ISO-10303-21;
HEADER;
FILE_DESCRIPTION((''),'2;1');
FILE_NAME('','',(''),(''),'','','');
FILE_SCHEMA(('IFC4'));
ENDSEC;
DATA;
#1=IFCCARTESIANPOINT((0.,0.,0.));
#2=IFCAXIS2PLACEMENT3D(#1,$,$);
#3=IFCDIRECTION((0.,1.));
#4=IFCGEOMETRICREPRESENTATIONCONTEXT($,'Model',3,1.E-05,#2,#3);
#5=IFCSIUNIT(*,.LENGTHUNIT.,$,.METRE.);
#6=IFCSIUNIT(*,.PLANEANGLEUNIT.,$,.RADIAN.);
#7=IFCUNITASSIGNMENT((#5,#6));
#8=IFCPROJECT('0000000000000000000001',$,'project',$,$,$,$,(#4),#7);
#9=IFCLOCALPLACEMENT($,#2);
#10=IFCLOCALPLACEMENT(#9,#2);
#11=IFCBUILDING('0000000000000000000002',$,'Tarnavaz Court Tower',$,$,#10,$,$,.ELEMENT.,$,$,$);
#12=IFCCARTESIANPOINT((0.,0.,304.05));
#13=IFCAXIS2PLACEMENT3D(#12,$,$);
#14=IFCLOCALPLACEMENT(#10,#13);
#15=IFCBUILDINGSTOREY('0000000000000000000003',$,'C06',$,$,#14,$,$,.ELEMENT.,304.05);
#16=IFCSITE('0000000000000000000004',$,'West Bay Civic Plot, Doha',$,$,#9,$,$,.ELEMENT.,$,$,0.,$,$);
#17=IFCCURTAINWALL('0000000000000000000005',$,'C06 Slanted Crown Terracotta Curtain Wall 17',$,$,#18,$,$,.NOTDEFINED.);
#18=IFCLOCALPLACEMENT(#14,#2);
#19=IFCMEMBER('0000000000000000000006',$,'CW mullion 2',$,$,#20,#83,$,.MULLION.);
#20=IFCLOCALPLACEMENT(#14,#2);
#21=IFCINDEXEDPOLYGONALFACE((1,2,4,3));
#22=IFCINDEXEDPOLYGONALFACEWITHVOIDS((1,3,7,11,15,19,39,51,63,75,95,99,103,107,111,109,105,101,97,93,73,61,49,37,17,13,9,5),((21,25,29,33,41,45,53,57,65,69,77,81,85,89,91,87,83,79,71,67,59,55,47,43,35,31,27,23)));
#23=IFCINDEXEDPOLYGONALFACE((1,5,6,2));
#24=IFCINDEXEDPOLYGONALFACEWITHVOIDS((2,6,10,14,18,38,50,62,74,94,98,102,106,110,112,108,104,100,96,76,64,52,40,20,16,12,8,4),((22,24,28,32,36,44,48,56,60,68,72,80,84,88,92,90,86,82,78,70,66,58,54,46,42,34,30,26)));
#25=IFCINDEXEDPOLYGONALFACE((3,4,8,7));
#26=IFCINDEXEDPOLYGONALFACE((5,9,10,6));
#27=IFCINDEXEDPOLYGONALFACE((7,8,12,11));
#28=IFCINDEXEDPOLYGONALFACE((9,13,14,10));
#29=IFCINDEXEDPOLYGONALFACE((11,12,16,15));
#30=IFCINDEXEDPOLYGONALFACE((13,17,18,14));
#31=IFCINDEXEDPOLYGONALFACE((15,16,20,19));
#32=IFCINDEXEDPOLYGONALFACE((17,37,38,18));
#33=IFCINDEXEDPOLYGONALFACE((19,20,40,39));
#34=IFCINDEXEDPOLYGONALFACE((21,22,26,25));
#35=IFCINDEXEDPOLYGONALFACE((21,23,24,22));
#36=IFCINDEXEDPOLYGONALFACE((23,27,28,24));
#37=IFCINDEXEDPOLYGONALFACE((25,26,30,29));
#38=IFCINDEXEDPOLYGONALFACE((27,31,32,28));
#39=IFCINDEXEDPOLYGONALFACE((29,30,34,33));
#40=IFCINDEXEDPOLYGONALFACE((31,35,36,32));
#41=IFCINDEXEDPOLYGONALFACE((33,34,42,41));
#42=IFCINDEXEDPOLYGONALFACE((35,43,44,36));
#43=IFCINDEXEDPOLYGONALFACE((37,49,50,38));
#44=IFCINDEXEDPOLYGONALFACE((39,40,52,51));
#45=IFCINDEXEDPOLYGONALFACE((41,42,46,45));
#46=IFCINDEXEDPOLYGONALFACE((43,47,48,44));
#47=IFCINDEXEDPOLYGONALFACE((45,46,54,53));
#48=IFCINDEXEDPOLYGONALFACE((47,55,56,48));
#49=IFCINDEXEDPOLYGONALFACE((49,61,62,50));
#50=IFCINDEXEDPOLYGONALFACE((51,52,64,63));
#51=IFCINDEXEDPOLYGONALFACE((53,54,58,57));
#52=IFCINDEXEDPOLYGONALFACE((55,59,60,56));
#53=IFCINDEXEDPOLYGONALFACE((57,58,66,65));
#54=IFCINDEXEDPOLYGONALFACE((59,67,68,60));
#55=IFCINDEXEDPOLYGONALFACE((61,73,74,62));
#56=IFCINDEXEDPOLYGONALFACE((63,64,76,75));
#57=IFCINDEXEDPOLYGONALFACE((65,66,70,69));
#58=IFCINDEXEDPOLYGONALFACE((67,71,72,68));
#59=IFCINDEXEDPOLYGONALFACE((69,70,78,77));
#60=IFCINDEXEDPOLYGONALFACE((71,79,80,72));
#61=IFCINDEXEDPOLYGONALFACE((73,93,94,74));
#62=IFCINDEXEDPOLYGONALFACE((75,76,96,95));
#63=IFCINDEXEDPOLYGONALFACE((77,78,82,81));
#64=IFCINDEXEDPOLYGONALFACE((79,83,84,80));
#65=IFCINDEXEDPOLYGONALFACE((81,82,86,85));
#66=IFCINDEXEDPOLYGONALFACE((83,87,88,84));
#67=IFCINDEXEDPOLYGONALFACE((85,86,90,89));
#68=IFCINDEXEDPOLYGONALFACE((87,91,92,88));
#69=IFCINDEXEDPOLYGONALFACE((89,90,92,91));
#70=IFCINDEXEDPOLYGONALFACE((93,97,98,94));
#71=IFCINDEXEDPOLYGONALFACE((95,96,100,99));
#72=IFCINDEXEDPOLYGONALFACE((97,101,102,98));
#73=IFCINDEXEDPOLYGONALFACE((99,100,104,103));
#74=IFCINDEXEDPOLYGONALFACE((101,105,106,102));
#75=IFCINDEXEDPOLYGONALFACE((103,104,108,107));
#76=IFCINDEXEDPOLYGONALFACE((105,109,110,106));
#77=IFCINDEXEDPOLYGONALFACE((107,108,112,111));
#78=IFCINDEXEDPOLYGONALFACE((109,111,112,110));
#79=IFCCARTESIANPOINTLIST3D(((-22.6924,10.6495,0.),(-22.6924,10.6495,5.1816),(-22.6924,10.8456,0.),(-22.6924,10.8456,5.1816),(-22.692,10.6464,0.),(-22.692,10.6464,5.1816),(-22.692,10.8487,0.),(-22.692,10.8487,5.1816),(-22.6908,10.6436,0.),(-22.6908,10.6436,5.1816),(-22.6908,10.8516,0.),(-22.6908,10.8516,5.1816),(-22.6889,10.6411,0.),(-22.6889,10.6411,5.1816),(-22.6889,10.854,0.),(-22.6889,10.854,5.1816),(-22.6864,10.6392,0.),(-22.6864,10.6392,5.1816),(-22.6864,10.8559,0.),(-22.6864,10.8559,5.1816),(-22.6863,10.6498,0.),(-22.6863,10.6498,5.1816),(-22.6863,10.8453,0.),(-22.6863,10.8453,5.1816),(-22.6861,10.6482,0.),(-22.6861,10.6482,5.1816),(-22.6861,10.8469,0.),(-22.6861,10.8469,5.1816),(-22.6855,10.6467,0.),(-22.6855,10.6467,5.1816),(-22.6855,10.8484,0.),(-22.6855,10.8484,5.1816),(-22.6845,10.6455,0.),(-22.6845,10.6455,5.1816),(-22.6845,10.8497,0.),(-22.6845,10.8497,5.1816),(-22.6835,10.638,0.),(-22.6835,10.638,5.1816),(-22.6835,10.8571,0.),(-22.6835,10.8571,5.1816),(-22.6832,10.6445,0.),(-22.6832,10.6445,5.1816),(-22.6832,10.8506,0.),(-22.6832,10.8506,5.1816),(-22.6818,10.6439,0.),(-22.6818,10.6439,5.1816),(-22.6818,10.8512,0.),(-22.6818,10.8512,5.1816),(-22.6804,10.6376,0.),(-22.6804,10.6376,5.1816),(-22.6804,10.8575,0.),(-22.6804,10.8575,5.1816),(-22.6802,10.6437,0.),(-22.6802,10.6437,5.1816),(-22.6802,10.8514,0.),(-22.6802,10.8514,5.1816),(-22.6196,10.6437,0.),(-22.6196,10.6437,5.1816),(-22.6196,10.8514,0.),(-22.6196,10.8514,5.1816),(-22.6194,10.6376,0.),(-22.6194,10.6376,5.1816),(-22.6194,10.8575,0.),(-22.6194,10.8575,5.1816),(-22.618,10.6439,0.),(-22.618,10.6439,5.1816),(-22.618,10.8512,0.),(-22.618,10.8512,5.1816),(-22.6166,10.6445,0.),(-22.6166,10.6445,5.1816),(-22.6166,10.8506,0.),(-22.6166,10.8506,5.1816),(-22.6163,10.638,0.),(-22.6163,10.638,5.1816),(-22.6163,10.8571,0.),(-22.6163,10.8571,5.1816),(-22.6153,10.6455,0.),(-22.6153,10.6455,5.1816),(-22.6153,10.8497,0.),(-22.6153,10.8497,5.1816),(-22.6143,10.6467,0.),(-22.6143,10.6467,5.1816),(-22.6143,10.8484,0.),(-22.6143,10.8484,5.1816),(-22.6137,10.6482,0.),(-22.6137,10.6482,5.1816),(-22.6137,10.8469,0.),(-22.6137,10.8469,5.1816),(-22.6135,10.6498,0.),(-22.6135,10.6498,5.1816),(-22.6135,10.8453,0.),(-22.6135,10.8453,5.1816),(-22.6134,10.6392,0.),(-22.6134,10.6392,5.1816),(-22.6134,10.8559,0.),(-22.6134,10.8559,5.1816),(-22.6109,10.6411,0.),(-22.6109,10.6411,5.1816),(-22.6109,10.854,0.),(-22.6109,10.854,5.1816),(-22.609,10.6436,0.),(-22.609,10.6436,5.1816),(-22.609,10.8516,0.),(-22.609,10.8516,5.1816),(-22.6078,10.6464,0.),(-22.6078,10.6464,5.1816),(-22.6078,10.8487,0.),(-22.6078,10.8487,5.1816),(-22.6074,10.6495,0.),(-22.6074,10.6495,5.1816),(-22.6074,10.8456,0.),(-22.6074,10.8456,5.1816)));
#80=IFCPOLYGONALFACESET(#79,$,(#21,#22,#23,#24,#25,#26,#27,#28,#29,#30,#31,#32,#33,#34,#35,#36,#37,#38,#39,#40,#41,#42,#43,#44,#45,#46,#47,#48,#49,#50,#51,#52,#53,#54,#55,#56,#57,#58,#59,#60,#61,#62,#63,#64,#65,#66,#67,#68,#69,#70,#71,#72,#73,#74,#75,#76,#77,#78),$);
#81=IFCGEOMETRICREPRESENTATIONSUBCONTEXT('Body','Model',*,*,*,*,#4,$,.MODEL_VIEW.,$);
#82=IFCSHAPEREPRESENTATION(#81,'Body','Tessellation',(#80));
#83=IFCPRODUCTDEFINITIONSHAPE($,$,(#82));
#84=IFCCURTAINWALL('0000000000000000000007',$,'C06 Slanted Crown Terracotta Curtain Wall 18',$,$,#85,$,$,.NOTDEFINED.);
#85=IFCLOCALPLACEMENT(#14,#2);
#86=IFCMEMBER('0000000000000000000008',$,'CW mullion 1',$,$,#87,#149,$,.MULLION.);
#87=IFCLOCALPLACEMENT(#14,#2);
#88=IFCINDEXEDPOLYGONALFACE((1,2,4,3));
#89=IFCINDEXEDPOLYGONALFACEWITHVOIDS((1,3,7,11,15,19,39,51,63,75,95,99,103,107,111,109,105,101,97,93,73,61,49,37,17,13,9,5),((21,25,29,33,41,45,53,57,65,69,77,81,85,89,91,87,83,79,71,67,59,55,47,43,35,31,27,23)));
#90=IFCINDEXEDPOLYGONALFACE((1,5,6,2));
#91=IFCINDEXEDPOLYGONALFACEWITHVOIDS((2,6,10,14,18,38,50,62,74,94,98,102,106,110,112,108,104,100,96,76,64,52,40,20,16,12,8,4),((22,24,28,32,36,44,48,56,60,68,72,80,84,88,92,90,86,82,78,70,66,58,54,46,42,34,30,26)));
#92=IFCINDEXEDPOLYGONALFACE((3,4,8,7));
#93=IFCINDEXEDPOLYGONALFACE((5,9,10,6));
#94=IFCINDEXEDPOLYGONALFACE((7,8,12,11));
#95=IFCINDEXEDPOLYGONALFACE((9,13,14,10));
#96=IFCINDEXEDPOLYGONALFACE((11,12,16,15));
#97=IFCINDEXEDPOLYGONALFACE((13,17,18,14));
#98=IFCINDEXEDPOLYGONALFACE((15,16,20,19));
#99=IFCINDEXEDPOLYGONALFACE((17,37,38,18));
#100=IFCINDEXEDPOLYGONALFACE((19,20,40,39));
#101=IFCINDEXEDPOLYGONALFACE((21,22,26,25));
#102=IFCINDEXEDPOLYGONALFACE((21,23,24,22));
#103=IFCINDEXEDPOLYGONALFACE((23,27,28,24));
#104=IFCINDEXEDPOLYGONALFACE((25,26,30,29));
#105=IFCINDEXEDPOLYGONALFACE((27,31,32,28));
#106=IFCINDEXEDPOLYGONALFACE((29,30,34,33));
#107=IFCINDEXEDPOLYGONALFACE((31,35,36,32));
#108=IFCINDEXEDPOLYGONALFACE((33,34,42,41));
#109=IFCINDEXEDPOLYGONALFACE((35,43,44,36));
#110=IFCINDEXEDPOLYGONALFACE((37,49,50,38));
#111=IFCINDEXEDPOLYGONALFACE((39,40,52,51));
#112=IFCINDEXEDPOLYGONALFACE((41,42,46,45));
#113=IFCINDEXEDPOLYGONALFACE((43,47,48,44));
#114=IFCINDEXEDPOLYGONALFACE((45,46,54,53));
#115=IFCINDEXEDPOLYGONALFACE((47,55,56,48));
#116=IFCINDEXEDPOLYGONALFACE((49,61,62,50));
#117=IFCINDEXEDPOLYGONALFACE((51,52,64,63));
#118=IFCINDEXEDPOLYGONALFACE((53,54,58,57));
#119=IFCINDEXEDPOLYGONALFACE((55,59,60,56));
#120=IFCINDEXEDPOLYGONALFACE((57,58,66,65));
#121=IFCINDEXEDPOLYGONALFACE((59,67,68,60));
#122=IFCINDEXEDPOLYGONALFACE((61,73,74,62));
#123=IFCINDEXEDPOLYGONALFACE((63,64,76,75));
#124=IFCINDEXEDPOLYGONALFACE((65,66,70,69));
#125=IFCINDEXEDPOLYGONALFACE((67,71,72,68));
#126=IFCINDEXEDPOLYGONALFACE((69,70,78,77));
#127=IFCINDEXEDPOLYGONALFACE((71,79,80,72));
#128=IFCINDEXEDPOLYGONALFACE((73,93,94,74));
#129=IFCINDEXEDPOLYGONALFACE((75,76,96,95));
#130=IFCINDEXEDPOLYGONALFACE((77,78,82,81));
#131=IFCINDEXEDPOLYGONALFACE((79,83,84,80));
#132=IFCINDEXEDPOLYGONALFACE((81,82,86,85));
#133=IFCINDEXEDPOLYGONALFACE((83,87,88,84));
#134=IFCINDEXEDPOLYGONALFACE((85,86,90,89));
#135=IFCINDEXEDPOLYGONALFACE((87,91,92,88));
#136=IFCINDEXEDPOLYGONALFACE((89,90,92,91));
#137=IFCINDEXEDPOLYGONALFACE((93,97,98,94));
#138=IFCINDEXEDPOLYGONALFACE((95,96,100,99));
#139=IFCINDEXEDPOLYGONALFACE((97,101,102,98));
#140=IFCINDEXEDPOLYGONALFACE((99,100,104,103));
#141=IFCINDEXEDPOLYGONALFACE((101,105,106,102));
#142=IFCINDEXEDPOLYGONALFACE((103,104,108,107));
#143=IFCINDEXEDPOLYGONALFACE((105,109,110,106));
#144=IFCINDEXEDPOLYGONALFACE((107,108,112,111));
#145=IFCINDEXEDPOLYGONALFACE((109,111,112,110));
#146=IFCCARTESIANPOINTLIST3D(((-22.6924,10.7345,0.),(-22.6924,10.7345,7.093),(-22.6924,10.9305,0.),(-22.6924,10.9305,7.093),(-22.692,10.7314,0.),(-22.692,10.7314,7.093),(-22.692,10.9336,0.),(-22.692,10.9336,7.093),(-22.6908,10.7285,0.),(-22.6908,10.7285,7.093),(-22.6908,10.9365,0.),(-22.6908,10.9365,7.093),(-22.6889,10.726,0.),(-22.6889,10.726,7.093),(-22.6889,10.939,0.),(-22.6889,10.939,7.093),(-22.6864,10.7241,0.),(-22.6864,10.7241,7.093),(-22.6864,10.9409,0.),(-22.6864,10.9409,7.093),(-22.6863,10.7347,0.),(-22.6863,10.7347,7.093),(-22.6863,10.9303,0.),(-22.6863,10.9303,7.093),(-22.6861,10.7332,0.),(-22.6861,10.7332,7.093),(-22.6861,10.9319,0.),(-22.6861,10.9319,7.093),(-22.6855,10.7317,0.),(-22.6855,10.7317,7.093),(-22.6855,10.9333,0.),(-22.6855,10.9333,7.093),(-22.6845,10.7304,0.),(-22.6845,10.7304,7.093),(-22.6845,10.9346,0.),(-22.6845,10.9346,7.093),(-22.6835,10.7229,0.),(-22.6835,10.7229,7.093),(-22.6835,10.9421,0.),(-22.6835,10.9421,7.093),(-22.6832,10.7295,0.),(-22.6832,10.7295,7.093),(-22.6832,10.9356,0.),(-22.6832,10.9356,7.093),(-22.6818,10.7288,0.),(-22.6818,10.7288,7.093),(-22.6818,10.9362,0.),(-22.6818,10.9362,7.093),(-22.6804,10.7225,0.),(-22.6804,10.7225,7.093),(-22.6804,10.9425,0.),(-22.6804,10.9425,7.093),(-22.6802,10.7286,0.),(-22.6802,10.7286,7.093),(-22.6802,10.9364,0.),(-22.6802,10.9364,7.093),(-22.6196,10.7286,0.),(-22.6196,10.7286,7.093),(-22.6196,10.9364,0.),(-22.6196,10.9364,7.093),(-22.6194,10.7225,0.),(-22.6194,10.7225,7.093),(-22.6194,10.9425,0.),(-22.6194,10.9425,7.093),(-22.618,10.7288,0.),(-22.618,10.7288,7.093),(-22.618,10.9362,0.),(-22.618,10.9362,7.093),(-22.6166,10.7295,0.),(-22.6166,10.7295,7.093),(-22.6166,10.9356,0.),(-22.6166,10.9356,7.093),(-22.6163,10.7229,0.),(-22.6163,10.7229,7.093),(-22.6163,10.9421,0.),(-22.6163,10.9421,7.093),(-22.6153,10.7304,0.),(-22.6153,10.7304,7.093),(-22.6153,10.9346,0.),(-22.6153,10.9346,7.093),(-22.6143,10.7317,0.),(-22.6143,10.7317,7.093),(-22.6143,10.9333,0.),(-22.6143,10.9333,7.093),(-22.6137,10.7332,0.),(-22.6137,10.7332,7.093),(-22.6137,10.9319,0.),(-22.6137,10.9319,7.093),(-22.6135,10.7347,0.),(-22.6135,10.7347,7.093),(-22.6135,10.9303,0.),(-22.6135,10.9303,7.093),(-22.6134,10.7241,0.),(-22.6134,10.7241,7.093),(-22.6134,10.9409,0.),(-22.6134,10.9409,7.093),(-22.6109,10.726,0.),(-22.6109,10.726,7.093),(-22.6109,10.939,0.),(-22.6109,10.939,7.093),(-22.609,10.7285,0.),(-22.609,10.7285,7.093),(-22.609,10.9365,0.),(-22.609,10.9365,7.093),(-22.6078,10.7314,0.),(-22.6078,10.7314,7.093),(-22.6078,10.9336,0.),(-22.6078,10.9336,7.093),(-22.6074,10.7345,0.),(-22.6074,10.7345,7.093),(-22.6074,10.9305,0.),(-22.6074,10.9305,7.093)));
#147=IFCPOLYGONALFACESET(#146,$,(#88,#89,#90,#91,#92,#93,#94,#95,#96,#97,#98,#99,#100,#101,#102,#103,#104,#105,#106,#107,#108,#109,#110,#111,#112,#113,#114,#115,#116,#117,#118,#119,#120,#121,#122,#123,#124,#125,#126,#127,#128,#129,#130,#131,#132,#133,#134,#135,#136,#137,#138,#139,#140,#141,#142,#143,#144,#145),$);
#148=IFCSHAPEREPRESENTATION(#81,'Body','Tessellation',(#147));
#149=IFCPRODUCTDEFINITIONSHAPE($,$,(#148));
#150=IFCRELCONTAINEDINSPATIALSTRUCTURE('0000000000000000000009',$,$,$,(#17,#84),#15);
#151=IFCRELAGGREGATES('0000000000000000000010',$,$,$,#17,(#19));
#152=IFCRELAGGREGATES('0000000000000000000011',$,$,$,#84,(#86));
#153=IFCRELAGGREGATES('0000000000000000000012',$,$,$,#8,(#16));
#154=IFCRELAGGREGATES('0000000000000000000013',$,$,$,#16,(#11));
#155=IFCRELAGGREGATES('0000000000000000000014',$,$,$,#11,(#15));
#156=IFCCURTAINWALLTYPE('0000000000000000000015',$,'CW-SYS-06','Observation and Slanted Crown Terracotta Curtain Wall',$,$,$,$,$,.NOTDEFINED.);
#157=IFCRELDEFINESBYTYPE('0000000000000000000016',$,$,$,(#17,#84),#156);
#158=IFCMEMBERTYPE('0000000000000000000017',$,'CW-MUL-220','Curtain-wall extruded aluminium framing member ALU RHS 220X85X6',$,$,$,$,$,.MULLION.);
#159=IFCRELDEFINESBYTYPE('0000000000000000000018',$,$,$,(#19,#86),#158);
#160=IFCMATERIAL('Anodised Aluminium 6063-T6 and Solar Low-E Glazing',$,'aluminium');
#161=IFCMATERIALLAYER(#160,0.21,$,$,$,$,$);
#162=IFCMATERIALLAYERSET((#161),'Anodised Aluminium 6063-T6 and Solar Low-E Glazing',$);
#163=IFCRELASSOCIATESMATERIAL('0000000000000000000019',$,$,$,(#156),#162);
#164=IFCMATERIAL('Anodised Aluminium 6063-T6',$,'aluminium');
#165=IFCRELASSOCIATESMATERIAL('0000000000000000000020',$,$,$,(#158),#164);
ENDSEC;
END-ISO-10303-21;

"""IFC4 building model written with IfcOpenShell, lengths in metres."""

from ifc_helpers import new_model, si_unit, direction, frame, origin, origin_2d, place, context, subcontext, project, spatial, hollow_rectangle, extrude, material, layer, layer_set, material_profile, profile_set, type_object, element, aggregate, save


model = new_model("IFC4")

# Units and contexts
model_context = context("Model", 3, precision=1e-05, world=origin(), true_north=direction((0.0, 1.0)))
body_context = subcontext(model_context, "Body", "Model", "MODEL_VIEW")
ifc_project = project(units=[si_unit("LENGTHUNIT", "METRE"), si_unit("PLANEANGLEUNIT", "RADIAN")], contexts=[model_context])

# Site, building, storey
site_placement = place(None, origin())
site = spatial("IfcSite", under=ifc_project, at=site_placement, Name="West Bay Civic Plot, Doha", CompositionType="ELEMENT", RefElevation=0.0)
building_placement = place(site_placement, origin())
building = spatial("IfcBuilding", under=site, at=building_placement, Name="Tarnavaz Court Tower", CompositionType="ELEMENT")
storey_placement = place(building_placement, frame((0.0, 0.0, 304.05)))
storey = spatial("IfcBuildingStorey", under=building, at=storey_placement, Name="C06", CompositionType="ELEMENT", Elevation=304.05)

# Curtain walls, members
ifc_material_1 = material(Name="Anodised Aluminium 6063-T6 and Solar Low-E Glazing", Category="aluminium")
ifc_layer_1 = layer(ifc_material_1, 0.21)
ifc_layer_set_1 = layer_set([ifc_layer_1], Name="Anodised Aluminium 6063-T6 and Solar Low-E Glazing")
curtain_wall_type = type_object("IfcCurtainWallType", Name="CW-SYS-06", Description="Observation and Slanted Crown Terracotta Curtain Wall", PredefinedType="NOTDEFINED", material=ifc_layer_set_1)
ifc_material_2 = material(Name="Anodised Aluminium 6063-T6", Category="aluminium")
ifc_material_profile_1 = material_profile(ifc_material_2, hollow_rectangle(XDim=0.085, YDim=0.22, WallThickness=0.0061, InnerFilletRadius=0.0061, OuterFilletRadius=0.012, at=origin_2d()), Name="ALU RHS 220X85X6")
ifc_profile_set_1 = profile_set([ifc_material_profile_1], Name="Anodised Aluminium 6063-T6")
member_type_1 = type_object("IfcMemberType", Name="CW-MUL-220", Description="Curtain-wall extruded aluminium framing member ALU RHS 220X85X6", PredefinedType="MULLION", material=ifc_profile_set_1)
curtain_wall_1_placement = place(storey_placement, origin())
curtain_wall_1 = element("IfcCurtainWall", 1, at=curtain_wall_1_placement, inside=storey, type_object=curtain_wall_type, Name="C06 Slanted Crown Terracotta Curtain Wall 17", PredefinedType="NOTDEFINED")
member_1_placement = place(storey_placement, frame((-22.6499, 10.7476, 0.0), z_axis=(0.0, 0.0, 1.0), x_axis=(-1.0, 0.0, 0.0)))
member_1 = element("IfcMember", 2, at=member_1_placement, type_object=member_type_1, Name="CW mullion 2", PredefinedType="MULLION", context=body_context, shape_type="SweptSolid", body=[
    extrude(hollow_rectangle(XDim=0.085, YDim=0.22, WallThickness=0.0061, InnerFilletRadius=0.0061, OuterFilletRadius=0.012, at=origin_2d()), origin(), (0.0, 0.0, 1.0), 5.1816),
])
curtain_wall_2_placement = place(storey_placement, origin())
curtain_wall_2 = element("IfcCurtainWall", 3, at=curtain_wall_2_placement, inside=storey, type_object=curtain_wall_type, Name="C06 Slanted Crown Terracotta Curtain Wall 18", PredefinedType="NOTDEFINED")
member_2_placement = place(storey_placement, frame((-22.6499, 10.8325, 0.0), z_axis=(0.0, 0.0, 1.0), x_axis=(-1.0, 0.0, 0.0)))
member_2 = element("IfcMember", 4, at=member_2_placement, type_object=member_type_1, Name="CW mullion 1", PredefinedType="MULLION", context=body_context, shape_type="SweptSolid", body=[
    extrude(hollow_rectangle(XDim=0.085, YDim=0.22, WallThickness=0.0061, InnerFilletRadius=0.0061, OuterFilletRadius=0.012, at=origin_2d()), origin(), (0.0, 0.0, 1.0), 7.093),
])

aggregate(curtain_wall_1, [member_1])
aggregate(curtain_wall_2, [member_2])

save(model, "model.ifc")
